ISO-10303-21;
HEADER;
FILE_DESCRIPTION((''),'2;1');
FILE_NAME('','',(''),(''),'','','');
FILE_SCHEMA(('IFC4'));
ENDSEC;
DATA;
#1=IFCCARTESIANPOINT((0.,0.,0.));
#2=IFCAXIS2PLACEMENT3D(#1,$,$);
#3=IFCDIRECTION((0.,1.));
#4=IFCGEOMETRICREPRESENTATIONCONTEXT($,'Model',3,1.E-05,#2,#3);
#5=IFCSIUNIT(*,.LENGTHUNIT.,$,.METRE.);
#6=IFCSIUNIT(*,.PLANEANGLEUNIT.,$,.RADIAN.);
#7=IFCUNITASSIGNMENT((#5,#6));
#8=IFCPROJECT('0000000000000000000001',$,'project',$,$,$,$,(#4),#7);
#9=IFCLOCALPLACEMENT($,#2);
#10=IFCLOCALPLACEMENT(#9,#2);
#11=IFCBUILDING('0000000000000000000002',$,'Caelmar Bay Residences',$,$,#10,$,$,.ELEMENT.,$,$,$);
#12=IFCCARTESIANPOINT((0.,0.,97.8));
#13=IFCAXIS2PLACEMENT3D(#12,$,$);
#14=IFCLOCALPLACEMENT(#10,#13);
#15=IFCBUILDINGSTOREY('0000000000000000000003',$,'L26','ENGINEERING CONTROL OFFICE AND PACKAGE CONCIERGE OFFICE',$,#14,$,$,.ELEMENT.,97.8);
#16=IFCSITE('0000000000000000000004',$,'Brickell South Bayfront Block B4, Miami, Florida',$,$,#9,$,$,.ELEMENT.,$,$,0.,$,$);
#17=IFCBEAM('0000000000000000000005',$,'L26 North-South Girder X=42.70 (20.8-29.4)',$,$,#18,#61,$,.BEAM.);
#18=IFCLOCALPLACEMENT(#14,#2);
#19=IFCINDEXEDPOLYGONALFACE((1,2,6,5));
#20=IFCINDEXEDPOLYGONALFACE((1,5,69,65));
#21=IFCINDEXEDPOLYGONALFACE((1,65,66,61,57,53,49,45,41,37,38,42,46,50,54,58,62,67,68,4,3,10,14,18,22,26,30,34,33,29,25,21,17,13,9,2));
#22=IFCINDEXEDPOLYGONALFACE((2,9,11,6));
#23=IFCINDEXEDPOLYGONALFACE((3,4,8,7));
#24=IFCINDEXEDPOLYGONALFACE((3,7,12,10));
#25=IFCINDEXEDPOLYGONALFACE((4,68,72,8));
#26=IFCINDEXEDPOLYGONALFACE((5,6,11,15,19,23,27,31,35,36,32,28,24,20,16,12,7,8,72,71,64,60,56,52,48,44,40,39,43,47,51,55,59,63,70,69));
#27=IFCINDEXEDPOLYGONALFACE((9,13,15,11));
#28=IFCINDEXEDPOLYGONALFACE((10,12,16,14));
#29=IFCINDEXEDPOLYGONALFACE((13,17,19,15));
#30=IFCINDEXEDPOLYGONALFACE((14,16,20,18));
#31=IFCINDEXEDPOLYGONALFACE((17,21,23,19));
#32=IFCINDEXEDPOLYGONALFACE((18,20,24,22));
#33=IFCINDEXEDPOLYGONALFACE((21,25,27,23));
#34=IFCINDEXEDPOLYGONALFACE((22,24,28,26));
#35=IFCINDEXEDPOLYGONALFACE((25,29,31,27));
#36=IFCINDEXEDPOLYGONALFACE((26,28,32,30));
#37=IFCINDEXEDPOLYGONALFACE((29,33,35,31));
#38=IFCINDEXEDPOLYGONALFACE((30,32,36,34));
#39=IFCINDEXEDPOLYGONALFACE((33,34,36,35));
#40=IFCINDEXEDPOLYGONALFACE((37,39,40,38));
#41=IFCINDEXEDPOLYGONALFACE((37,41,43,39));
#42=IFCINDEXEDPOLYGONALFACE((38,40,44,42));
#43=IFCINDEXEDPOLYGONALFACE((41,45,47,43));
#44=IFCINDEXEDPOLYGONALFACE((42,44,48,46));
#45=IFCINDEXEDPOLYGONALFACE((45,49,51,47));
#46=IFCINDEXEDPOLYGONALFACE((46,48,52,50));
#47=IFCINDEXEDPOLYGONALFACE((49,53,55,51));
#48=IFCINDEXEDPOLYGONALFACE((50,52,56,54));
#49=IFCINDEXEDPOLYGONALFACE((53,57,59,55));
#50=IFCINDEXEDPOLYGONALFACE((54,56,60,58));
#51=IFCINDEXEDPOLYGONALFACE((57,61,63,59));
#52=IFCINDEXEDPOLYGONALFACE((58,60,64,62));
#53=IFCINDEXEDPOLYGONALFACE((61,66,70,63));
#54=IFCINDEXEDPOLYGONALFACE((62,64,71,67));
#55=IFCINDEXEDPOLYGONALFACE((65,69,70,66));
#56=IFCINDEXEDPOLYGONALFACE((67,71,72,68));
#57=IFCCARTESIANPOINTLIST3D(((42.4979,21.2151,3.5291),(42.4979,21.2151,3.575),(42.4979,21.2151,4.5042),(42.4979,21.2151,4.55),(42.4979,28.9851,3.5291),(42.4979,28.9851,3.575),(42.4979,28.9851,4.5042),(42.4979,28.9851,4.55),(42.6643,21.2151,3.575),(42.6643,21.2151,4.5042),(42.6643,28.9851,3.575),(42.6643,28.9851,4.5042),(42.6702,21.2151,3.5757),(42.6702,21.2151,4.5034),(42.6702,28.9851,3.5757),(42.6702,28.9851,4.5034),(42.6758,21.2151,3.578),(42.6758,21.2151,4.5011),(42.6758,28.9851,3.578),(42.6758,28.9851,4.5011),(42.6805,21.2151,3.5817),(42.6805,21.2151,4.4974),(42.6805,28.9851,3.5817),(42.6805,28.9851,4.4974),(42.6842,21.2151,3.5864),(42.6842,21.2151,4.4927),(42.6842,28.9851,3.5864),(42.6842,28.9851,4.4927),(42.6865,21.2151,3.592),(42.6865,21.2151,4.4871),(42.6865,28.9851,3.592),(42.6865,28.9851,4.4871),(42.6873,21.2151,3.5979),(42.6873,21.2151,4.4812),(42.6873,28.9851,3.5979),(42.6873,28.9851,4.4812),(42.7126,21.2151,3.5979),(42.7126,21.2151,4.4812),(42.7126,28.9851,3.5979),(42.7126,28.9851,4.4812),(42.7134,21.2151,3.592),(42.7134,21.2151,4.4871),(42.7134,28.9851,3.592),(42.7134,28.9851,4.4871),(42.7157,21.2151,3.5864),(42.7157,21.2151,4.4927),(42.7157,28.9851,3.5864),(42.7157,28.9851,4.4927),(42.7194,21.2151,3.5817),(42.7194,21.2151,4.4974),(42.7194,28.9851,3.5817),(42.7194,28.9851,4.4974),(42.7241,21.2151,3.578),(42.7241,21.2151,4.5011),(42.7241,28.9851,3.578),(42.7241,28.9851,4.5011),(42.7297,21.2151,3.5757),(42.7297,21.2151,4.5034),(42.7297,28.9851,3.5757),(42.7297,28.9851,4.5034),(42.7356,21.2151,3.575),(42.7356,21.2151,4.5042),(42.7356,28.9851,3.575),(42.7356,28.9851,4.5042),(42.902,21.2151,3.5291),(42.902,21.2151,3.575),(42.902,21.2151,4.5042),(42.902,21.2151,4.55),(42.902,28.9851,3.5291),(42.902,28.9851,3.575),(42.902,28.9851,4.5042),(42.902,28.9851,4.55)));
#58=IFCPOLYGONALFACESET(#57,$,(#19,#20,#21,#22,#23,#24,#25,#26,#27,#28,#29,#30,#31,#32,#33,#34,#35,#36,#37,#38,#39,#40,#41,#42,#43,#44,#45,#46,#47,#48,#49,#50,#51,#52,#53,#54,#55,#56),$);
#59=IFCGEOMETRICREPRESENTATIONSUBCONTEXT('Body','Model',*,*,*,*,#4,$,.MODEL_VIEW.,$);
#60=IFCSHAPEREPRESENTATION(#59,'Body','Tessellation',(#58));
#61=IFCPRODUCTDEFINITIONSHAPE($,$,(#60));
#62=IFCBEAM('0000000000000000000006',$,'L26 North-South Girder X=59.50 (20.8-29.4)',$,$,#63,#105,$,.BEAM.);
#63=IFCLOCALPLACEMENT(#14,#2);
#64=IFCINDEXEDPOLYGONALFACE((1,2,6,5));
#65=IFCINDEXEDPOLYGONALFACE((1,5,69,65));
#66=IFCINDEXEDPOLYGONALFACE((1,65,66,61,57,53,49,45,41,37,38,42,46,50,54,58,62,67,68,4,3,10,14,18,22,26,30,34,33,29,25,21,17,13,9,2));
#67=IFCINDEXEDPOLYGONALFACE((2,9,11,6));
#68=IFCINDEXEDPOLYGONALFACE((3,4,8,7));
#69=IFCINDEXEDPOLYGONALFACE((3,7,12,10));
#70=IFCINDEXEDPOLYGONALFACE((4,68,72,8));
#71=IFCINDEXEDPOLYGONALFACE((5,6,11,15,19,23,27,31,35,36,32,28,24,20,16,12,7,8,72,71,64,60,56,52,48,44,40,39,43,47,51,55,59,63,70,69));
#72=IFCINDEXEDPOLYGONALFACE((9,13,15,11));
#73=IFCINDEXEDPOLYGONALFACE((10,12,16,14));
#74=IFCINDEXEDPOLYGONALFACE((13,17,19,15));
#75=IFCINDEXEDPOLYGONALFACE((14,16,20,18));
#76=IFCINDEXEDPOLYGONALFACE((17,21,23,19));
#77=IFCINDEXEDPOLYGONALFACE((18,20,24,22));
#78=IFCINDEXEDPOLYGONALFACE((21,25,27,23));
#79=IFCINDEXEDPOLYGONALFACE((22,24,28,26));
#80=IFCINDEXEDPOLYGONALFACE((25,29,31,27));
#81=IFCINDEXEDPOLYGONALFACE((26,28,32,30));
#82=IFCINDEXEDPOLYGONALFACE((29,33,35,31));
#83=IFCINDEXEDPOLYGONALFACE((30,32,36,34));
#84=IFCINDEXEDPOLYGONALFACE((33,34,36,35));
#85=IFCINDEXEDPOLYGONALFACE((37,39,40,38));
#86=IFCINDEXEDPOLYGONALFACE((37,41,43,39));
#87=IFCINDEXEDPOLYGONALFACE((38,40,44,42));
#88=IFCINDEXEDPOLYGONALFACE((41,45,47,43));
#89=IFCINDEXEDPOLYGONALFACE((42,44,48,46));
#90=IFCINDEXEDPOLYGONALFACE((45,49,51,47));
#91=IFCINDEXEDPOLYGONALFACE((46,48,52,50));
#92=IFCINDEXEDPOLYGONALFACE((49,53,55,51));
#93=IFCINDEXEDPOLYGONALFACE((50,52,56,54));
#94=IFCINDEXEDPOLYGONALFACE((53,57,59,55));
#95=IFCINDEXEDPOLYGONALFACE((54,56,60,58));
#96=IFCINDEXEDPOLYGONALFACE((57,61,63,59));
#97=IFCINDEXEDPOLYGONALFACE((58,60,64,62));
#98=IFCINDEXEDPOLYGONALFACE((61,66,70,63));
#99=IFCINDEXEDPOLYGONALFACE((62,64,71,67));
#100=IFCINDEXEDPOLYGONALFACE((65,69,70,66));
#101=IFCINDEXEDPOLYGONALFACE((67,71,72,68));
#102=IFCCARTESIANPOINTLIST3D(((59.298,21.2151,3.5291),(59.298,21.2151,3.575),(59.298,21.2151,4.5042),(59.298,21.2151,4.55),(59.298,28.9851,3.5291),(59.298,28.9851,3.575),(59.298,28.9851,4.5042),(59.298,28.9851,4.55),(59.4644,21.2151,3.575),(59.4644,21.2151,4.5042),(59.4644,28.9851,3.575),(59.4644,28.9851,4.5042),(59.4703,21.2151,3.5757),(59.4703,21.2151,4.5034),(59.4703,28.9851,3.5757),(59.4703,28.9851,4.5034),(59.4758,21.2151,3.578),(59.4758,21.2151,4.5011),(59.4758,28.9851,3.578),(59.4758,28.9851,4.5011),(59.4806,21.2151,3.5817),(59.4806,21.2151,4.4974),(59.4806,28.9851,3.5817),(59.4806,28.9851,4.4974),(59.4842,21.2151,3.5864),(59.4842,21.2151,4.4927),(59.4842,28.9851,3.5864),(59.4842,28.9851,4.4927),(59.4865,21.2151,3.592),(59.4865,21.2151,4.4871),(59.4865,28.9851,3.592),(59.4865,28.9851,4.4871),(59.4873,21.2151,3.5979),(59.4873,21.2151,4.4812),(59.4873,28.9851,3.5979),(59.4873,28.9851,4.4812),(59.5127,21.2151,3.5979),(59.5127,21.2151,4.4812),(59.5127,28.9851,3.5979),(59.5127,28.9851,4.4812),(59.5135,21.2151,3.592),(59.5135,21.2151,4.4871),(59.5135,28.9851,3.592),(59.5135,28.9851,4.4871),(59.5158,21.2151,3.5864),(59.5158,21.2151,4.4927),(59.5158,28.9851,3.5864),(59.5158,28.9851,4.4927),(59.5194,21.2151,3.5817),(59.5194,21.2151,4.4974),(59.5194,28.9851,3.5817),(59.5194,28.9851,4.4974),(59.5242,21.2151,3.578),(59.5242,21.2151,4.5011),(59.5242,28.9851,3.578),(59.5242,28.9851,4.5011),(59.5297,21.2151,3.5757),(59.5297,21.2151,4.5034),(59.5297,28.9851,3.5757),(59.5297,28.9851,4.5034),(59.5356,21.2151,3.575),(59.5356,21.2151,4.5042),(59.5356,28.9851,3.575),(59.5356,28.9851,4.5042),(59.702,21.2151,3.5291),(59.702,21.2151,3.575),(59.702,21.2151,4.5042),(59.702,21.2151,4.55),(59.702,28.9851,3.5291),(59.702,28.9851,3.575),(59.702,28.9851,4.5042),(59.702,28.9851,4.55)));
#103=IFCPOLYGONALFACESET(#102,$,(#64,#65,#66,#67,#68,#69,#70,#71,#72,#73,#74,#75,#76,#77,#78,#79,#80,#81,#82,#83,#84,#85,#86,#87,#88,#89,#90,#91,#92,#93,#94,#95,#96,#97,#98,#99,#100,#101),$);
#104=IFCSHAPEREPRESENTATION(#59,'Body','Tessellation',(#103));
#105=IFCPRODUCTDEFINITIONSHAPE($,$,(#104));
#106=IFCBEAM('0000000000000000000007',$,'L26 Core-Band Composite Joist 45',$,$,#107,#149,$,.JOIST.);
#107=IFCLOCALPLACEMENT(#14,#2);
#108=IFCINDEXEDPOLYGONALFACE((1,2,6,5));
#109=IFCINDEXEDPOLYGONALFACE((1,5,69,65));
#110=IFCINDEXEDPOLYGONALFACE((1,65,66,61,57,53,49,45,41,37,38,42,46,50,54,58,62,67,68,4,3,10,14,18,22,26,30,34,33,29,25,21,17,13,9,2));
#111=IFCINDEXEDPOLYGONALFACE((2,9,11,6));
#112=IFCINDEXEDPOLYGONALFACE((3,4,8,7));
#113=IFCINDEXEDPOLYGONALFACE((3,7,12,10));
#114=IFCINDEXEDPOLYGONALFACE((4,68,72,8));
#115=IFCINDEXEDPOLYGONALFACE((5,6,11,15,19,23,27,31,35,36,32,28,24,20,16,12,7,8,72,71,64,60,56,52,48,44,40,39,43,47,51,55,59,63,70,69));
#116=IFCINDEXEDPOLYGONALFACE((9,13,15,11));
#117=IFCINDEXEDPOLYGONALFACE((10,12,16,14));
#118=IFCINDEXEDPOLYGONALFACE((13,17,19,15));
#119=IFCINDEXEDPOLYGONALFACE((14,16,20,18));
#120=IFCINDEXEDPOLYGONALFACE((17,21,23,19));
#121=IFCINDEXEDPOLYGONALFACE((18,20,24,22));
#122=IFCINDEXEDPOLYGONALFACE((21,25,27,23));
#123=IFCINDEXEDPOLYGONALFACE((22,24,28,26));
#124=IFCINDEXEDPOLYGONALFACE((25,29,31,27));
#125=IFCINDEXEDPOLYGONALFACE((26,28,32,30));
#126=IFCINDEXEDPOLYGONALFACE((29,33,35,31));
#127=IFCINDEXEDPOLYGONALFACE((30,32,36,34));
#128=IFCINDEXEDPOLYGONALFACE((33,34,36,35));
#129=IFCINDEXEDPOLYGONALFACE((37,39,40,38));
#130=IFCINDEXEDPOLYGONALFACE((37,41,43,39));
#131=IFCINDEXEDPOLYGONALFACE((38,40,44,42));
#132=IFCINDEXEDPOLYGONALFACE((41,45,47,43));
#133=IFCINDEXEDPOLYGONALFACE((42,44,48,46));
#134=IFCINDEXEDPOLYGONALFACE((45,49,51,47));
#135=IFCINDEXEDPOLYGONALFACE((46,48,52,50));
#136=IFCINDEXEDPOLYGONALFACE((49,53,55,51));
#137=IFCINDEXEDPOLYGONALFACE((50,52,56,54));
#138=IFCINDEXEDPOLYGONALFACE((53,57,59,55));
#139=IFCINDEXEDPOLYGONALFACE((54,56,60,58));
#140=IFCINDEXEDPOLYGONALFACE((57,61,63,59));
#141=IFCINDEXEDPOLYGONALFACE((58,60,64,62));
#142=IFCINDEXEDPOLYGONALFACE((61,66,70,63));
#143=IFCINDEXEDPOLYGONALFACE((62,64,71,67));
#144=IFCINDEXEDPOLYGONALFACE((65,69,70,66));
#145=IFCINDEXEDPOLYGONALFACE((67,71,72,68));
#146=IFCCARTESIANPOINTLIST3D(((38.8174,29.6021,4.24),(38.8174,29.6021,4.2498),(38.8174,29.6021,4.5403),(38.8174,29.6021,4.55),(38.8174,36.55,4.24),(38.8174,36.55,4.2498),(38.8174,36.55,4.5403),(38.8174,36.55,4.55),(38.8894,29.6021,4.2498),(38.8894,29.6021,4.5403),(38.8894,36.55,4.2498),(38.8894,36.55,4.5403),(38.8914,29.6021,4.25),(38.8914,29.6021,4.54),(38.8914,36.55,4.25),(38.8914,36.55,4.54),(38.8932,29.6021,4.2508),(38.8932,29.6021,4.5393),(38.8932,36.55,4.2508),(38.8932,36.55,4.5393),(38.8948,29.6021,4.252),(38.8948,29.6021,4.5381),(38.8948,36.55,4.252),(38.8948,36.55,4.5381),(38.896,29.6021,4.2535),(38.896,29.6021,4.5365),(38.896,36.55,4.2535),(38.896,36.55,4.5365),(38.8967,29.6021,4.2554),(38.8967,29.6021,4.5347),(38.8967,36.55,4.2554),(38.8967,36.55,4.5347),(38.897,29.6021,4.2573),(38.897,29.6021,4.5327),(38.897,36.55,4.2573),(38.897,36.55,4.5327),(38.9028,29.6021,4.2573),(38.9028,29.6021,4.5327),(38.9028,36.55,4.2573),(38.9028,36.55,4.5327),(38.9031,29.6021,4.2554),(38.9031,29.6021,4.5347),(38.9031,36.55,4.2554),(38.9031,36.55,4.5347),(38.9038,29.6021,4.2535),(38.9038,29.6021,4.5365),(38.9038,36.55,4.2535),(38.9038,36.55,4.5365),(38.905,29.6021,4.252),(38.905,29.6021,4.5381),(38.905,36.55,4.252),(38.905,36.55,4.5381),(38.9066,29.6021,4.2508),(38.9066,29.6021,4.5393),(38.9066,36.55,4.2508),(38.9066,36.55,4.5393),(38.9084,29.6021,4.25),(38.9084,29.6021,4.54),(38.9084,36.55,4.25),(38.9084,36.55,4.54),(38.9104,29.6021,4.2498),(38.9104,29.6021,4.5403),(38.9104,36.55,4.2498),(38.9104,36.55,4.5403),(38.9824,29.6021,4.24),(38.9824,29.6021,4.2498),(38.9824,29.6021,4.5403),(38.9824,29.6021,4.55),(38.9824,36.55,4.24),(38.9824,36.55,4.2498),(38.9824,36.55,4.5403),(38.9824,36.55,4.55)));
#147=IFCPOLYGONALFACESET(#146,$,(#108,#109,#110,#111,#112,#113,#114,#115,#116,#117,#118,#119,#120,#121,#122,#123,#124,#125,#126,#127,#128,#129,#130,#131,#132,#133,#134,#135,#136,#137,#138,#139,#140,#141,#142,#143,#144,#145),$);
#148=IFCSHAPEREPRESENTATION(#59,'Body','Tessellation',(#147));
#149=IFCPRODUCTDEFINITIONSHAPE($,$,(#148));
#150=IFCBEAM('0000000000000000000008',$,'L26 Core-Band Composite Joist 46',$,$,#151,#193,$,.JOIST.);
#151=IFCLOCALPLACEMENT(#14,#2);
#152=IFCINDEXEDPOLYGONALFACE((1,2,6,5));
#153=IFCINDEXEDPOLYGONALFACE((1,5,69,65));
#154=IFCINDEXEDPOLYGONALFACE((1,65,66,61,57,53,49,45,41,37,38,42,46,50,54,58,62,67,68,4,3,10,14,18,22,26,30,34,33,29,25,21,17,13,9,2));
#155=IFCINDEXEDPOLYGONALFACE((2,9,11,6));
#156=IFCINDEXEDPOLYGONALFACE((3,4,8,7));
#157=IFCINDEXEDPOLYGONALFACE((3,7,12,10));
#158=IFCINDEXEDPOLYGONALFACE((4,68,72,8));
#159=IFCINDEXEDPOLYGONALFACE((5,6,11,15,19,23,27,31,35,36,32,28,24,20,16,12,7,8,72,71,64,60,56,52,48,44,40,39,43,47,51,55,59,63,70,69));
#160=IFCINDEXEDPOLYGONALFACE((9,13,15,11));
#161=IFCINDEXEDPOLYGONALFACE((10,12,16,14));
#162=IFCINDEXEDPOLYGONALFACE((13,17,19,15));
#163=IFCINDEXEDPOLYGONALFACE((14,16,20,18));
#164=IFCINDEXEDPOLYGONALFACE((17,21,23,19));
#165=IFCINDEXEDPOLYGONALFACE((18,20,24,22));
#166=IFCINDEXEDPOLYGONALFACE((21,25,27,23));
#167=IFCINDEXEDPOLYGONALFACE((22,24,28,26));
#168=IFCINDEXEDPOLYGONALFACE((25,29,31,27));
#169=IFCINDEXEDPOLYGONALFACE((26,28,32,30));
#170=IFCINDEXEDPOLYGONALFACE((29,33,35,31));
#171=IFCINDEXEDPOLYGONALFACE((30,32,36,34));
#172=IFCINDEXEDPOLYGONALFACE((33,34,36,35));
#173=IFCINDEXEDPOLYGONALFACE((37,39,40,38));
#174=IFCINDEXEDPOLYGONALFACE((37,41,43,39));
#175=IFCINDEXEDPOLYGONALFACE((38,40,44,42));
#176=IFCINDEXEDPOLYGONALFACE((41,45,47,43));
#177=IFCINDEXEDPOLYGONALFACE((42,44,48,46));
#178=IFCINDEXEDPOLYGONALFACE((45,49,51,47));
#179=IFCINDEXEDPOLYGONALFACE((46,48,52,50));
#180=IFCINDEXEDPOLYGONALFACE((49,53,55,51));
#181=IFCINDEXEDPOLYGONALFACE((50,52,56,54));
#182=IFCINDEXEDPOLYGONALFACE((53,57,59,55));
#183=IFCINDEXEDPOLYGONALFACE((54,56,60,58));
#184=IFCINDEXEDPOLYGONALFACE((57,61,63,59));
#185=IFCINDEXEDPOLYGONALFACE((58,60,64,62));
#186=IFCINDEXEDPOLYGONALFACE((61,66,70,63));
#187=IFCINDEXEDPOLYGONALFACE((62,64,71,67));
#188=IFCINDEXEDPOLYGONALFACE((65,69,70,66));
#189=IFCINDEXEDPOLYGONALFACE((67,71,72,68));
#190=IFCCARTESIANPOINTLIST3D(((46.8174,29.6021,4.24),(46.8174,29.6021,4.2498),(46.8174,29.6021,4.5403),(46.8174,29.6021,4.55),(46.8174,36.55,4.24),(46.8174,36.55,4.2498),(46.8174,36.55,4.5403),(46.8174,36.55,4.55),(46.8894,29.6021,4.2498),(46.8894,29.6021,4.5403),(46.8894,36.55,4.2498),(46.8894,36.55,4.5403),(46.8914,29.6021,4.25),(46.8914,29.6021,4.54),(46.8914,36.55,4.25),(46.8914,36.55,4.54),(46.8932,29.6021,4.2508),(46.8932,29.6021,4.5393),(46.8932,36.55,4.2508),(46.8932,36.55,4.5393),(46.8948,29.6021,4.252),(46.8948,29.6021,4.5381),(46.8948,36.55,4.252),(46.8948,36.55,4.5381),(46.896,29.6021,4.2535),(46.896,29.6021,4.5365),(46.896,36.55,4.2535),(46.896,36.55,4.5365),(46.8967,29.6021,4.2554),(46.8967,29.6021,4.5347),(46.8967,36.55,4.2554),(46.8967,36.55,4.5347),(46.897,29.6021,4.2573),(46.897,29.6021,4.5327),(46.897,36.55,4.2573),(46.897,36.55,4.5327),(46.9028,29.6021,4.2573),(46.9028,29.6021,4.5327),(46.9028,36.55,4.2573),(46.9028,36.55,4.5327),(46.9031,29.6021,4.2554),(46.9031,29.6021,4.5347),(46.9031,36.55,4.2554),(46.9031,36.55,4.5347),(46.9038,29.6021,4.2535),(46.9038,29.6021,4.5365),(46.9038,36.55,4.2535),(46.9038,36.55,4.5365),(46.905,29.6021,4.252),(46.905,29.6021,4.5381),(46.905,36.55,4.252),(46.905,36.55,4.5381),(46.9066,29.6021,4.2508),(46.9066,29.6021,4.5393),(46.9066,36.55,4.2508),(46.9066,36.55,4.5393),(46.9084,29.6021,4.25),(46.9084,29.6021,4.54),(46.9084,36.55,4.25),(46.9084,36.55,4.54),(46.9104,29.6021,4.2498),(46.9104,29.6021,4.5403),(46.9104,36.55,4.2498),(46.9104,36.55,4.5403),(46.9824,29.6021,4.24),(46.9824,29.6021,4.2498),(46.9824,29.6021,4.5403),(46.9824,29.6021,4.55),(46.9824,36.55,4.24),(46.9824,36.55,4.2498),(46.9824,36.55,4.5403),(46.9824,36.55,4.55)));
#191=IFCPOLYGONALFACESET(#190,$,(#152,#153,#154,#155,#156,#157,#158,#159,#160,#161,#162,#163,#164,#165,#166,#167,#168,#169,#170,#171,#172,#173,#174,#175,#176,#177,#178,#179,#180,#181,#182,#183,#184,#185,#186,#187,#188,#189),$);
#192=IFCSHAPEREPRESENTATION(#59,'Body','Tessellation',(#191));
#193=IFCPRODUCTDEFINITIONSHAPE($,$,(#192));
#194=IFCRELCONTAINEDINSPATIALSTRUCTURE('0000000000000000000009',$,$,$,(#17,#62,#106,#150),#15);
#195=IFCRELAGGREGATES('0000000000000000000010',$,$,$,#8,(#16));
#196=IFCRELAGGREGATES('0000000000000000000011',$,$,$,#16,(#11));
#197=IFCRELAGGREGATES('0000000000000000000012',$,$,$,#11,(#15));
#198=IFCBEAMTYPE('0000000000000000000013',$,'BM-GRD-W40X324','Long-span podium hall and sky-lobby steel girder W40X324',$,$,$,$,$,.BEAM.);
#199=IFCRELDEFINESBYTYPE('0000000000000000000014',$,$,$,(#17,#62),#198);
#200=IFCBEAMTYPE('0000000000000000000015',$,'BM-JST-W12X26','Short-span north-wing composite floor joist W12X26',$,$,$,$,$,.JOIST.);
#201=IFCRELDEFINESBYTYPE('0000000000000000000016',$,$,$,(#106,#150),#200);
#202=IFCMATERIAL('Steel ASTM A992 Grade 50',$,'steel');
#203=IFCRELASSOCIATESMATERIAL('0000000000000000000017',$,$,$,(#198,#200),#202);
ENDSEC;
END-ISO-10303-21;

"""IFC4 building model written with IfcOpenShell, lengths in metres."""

from ifc_helpers import new_model, si_unit, direction, frame, origin, origin_2d, place, context, subcontext, project, spatial, i_section, extrude, material, material_profile, profile_set, type_object, element, save


model = new_model("IFC4")

# Units and contexts
model_context = context("Model", 3, precision=1e-05, world=origin(), true_north=direction((0.0, 1.0)))
body_context = subcontext(model_context, "Body", "Model", "MODEL_VIEW")
ifc_project = project(units=[si_unit("LENGTHUNIT", "METRE"), si_unit("PLANEANGLEUNIT", "RADIAN")], contexts=[model_context])

# Site, building, storey
site_placement = place(None, origin())
site = spatial("IfcSite", under=ifc_project, at=site_placement, Name="Brickell South Bayfront Block B4, Miami, Florida", CompositionType="ELEMENT", RefElevation=0.0)
building_placement = place(site_placement, origin())
building = spatial("IfcBuilding", under=site, at=building_placement, Name="Caelmar Bay Residences", CompositionType="ELEMENT")
storey_placement = place(building_placement, frame((0.0, 0.0, 97.8)))
storey = spatial("IfcBuildingStorey", under=building, at=storey_placement, Name="L26", Description="ENGINEERING CONTROL OFFICE AND PACKAGE CONCIERGE OFFICE", CompositionType="ELEMENT", Elevation=97.8)

# Beams
ifc_material_1 = material(Name="Steel ASTM A992 Grade 50", Category="steel")
ifc_material_profile_1 = material_profile(ifc_material_1, i_section(OverallWidth=0.4041, OverallDepth=1.021, WebThickness=0.0254, FlangeThickness=0.0459, FilletRadius=0.0229, at=origin_2d()), Name="W40X324")
ifc_profile_set_1 = profile_set([ifc_material_profile_1], Name="Steel ASTM A992 Grade 50")
beam_type_1 = type_object("IfcBeamType", Name="BM-GRD-W40X324", Description="Long-span podium hall and sky-lobby steel girder W40X324", PredefinedType="BEAM", material=ifc_profile_set_1)
for number, where, z_axis, x_axis, name in (
    (1, (42.7, 21.2151, 4.0396), (0.0, 1.0, 0.0), (-1.0, 0.0, 0.0), "L26 North-South Girder X=42.70 (20.8-29.4)"),
    (2, (59.5, 21.2151, 4.0396), (0.0, 1.0, 0.0), (-1.0, 0.0, 0.0), "L26 North-South Girder X=59.50 (20.8-29.4)"),
):
    element("IfcBeam", number, at=place(storey_placement, frame(where, z_axis=z_axis, x_axis=x_axis)), inside=storey, type_object=beam_type_1, Name=name, PredefinedType="BEAM", context=body_context, shape_type="SweptSolid", body=[
        extrude(i_section(OverallWidth=0.4041, OverallDepth=1.021, WebThickness=0.0254, FlangeThickness=0.0459, FilletRadius=0.0229, at=origin_2d()), origin(), (0.0, 0.0, 1.0), 7.77),
    ])
ifc_material_profile_2 = material_profile(ifc_material_1, i_section(OverallWidth=0.165, OverallDepth=0.3101, WebThickness=0.0059, FlangeThickness=0.0098, FilletRadius=0.0076, at=origin_2d()), Name="W12X26")
ifc_profile_set_2 = profile_set([ifc_material_profile_2], Name="Steel ASTM A992 Grade 50")
beam_type_2 = type_object("IfcBeamType", Name="BM-JST-W12X26", Description="Short-span north-wing composite floor joist W12X26", PredefinedType="JOIST", material=ifc_profile_set_2)
for number, where, z_axis, x_axis, name in (
    (3, (38.8999, 29.6021, 4.395), (0.0, 1.0, 0.0), (-1.0, 0.0, 0.0), "L26 Core-Band Composite Joist 45"),
    (4, (46.8999, 29.6021, 4.395), (0.0, 1.0, 0.0), (-1.0, 0.0, 0.0), "L26 Core-Band Composite Joist 46"),
):
    element("IfcBeam", number, at=place(storey_placement, frame(where, z_axis=z_axis, x_axis=x_axis)), inside=storey, type_object=beam_type_2, Name=name, PredefinedType="JOIST", context=body_context, shape_type="SweptSolid", body=[
        extrude(i_section(OverallWidth=0.165, OverallDepth=0.3101, WebThickness=0.0059, FlangeThickness=0.0098, FilletRadius=0.0076, at=origin_2d()), origin(), (0.0, 0.0, 1.0), 6.948),
    ])

save(model, "model.ifc")
